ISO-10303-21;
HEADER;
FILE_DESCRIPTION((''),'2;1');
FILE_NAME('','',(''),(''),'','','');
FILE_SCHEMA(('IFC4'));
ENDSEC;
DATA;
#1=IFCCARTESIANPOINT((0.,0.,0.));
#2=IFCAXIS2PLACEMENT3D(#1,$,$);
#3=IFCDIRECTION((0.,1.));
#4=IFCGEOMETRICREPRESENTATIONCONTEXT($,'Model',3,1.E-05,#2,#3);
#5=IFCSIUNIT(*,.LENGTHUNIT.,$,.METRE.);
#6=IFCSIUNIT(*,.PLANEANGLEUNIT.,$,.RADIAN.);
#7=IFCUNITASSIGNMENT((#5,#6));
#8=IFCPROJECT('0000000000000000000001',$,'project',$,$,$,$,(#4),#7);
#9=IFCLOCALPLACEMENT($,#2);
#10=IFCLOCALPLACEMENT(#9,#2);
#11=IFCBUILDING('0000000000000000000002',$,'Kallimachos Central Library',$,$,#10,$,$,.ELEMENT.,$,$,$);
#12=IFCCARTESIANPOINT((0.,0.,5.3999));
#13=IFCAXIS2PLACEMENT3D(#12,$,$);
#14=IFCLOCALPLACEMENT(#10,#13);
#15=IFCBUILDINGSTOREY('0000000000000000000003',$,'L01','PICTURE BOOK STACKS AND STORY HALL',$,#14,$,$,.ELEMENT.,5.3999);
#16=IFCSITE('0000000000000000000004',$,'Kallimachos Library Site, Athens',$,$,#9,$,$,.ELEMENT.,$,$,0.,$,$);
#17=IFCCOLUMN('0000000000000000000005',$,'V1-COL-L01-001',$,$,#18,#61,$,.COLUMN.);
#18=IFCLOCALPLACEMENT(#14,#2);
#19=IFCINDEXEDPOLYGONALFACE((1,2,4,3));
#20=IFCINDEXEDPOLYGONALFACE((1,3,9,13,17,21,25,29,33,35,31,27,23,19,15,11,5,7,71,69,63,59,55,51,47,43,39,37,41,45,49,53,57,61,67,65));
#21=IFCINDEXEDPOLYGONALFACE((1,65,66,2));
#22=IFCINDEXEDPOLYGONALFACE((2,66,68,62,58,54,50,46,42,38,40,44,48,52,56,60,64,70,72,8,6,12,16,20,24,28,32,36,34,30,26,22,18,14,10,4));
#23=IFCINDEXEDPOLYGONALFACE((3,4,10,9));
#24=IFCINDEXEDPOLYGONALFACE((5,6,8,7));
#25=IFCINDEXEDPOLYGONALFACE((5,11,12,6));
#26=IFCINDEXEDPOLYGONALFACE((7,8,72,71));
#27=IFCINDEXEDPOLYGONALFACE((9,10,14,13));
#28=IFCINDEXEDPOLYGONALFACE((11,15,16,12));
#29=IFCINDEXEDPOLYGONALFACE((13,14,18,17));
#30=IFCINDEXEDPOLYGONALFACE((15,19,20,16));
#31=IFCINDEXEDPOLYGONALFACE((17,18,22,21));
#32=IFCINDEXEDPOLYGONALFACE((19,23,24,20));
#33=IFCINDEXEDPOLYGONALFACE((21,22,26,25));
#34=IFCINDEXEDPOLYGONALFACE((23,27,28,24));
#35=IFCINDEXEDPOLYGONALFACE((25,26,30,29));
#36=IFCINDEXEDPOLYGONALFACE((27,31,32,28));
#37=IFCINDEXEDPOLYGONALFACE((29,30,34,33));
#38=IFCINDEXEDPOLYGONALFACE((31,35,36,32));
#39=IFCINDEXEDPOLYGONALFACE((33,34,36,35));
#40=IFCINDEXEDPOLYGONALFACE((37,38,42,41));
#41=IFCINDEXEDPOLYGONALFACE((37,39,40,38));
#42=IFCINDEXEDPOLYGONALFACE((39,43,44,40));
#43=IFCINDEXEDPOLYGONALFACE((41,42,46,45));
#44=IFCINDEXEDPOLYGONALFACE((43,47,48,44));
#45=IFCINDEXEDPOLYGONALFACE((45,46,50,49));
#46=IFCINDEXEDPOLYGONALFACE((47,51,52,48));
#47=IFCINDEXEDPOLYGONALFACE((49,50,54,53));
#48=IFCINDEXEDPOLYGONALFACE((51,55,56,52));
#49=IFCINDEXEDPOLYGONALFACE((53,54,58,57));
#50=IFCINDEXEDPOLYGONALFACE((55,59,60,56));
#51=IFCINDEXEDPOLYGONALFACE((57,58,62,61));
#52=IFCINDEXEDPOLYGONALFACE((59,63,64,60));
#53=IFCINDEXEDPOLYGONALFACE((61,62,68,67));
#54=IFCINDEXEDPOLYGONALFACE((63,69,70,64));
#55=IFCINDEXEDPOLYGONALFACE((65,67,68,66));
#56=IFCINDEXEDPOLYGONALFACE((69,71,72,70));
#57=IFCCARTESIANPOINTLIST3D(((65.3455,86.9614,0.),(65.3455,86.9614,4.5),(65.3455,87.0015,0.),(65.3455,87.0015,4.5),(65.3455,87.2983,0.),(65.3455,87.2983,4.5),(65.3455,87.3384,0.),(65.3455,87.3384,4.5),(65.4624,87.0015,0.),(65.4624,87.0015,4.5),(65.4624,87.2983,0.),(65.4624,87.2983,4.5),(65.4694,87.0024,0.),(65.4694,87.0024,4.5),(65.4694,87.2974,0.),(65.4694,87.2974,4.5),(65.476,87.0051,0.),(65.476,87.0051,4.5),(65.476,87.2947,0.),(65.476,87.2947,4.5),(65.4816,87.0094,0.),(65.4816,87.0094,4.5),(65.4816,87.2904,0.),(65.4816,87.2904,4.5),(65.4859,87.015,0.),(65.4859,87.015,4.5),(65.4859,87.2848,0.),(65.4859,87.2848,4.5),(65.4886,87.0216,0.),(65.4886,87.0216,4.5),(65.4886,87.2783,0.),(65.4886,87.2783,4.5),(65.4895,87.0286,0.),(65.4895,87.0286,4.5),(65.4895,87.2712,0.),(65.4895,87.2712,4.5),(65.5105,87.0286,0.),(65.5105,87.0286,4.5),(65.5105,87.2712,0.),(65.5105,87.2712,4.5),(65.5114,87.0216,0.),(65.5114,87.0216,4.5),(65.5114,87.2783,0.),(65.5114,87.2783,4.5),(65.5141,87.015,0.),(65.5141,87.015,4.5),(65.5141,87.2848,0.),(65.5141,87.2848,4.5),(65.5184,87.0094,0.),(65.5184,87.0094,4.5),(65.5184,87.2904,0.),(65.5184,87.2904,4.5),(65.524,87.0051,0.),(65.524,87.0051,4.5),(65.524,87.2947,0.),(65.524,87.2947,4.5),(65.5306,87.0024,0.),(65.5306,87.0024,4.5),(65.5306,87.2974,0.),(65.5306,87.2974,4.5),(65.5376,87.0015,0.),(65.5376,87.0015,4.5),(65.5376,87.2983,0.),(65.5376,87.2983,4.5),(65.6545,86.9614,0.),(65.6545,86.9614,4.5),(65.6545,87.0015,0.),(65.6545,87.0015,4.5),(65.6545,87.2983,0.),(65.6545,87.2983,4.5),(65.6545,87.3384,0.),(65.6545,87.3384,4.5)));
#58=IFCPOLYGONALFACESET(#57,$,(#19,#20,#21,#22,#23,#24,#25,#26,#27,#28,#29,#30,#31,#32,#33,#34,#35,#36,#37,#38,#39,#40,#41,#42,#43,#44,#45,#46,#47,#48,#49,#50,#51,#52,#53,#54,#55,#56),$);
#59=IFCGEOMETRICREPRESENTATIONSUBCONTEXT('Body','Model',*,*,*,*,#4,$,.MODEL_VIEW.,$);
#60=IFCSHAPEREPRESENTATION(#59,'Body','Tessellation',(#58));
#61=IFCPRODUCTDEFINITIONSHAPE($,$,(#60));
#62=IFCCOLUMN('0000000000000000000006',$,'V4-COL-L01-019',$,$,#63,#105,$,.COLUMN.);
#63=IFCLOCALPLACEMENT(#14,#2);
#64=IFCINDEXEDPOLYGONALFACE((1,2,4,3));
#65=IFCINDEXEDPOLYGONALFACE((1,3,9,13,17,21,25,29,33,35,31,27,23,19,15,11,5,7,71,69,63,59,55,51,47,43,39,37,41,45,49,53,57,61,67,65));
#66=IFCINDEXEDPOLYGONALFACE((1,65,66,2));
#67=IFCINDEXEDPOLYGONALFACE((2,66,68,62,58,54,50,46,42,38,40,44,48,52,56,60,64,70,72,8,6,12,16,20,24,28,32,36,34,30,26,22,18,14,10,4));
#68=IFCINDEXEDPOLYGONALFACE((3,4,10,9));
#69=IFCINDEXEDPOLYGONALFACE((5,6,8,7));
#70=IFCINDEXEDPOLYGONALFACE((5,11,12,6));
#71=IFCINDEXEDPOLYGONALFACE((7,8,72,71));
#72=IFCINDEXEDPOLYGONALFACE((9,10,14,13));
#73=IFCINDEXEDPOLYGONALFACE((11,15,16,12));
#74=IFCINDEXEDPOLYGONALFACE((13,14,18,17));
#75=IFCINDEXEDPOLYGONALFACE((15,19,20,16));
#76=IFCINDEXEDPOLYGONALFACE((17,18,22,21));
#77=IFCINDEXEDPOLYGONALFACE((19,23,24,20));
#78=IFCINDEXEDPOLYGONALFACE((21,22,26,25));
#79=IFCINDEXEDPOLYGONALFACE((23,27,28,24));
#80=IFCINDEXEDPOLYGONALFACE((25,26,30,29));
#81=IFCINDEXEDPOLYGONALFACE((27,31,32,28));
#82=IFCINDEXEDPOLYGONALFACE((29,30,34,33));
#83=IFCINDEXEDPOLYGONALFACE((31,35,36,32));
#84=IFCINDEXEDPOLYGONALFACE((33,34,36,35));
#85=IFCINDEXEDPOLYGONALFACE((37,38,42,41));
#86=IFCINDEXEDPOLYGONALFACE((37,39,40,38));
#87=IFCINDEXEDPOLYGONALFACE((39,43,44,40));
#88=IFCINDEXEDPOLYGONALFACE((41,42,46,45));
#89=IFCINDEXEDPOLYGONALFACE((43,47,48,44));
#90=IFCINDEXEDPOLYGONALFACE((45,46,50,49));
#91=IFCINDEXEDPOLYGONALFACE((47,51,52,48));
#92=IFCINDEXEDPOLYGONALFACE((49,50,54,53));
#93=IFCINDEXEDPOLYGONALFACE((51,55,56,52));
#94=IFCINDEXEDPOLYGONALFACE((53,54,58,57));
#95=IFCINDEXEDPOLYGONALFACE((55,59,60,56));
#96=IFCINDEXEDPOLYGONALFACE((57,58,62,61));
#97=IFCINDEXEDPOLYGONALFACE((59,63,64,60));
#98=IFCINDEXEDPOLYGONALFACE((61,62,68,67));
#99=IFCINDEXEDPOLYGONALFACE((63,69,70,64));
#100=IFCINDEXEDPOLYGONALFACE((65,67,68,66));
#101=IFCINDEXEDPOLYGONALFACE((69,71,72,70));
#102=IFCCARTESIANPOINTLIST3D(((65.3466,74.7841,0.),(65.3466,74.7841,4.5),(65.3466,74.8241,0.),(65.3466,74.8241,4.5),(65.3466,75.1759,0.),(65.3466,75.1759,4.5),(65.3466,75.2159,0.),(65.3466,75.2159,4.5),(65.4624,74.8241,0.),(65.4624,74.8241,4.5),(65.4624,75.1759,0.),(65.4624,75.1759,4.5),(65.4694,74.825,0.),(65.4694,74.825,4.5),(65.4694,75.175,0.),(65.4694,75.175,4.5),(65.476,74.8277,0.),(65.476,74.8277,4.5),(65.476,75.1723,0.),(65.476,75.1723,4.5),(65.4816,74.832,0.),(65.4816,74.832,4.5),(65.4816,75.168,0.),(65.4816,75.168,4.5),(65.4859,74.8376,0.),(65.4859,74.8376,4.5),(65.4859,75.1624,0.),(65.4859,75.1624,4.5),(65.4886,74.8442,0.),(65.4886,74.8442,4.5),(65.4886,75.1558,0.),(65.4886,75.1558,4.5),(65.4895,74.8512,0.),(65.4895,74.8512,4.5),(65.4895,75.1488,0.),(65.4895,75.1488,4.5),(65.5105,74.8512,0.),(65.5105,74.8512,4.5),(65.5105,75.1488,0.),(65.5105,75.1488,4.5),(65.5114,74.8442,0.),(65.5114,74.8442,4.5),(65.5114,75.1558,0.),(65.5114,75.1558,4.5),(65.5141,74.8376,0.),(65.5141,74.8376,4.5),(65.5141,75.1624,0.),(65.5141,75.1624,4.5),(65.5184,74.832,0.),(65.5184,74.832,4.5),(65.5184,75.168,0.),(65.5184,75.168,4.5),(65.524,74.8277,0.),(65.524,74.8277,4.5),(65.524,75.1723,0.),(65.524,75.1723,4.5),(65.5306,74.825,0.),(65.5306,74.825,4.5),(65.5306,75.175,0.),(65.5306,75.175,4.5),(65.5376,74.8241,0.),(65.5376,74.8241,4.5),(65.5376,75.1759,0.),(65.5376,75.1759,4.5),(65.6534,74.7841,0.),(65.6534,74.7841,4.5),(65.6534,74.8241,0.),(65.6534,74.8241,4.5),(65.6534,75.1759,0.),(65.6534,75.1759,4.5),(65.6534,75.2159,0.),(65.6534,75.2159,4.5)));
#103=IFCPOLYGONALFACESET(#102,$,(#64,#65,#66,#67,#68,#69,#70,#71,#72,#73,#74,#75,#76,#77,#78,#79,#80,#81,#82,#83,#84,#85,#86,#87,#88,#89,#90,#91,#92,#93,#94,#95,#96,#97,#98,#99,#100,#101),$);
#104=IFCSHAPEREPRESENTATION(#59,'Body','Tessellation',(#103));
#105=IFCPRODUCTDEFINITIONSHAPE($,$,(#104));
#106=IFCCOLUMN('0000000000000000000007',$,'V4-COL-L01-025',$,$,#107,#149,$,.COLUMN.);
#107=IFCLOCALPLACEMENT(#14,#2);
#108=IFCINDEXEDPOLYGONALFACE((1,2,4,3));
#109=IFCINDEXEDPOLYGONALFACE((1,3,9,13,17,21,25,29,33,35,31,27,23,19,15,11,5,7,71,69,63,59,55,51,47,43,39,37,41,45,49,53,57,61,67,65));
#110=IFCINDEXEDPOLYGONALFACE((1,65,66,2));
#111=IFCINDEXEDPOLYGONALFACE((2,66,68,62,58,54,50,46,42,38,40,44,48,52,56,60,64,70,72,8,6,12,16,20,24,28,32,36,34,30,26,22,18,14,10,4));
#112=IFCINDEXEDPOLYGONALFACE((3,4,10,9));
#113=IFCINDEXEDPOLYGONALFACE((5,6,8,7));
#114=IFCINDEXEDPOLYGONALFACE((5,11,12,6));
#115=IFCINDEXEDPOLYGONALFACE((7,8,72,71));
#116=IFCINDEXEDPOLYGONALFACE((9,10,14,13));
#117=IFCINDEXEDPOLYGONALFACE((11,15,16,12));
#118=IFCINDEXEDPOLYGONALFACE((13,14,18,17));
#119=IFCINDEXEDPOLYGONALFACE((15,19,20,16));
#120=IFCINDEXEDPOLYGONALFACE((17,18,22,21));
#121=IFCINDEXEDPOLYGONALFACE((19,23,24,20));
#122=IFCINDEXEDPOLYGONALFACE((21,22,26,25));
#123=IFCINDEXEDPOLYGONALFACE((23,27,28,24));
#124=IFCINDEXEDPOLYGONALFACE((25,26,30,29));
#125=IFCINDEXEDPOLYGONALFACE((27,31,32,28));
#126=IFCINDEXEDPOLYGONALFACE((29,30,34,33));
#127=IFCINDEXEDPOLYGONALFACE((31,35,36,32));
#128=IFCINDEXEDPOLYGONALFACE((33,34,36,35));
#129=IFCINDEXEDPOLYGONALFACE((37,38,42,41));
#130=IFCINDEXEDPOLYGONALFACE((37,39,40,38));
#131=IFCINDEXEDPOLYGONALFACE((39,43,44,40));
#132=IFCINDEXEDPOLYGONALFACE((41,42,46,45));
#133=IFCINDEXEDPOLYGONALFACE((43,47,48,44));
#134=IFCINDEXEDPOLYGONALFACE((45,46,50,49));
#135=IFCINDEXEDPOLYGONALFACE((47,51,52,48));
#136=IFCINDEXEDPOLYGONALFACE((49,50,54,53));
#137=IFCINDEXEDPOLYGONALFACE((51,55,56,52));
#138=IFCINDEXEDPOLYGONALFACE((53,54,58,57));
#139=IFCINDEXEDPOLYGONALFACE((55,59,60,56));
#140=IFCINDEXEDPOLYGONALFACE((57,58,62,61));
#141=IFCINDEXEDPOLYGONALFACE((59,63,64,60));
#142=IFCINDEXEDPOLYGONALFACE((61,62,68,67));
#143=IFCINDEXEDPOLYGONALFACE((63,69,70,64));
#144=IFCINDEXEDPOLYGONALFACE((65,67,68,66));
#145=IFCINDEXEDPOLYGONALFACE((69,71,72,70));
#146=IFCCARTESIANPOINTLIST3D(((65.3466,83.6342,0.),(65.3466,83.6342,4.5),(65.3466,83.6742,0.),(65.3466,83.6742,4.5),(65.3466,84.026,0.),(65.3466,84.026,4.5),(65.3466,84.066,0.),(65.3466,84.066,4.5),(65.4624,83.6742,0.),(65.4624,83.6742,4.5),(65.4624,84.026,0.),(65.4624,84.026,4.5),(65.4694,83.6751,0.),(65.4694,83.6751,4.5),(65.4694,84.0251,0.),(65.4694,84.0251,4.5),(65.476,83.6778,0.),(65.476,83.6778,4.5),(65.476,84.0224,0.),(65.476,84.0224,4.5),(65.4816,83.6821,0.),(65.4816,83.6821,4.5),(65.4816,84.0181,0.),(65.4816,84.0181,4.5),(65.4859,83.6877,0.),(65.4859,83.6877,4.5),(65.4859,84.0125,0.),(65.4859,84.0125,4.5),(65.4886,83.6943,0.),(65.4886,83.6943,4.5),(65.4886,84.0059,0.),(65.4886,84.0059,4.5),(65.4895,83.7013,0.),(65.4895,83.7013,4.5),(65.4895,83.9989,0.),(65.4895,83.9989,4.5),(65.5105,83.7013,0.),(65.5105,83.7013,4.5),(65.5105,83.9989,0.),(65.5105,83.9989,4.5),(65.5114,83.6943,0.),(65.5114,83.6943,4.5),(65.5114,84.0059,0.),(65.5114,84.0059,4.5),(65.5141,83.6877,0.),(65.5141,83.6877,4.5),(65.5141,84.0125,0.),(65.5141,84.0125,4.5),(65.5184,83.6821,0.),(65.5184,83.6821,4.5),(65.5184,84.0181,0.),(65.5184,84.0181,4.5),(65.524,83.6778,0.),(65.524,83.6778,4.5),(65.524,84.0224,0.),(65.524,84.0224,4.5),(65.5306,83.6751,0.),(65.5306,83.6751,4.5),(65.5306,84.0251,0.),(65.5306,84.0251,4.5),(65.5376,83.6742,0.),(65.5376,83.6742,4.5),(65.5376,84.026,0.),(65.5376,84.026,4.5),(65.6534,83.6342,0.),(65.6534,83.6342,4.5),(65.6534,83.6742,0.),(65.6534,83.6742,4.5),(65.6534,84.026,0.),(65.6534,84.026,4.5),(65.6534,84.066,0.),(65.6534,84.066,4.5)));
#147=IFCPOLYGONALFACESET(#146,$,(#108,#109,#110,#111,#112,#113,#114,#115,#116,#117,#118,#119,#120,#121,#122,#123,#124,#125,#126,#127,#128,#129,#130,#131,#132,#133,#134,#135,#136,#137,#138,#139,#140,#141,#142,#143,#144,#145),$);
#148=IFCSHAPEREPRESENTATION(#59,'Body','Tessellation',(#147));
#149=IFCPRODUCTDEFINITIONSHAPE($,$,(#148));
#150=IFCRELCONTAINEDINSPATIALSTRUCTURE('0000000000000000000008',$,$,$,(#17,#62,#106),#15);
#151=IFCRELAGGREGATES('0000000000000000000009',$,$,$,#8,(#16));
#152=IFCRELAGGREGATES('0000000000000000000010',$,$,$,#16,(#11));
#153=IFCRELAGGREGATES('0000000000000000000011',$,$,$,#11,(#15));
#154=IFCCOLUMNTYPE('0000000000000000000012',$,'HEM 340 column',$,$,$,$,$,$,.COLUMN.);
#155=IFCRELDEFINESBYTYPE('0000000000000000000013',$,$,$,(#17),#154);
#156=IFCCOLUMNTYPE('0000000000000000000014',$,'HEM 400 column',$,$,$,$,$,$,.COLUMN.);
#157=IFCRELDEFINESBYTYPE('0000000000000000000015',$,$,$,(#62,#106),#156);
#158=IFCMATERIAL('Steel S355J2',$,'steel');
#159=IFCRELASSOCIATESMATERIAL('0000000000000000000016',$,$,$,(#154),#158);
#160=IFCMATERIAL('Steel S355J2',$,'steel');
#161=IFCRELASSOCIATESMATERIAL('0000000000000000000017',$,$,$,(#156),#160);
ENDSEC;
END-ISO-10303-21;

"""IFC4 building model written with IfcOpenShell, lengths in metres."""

from ifc_helpers import new_model, si_unit, direction, frame, origin, origin_2d, place, context, subcontext, project, spatial, i_section, extrude, material, material_profile, profile_set, type_object, element, save


model = new_model("IFC4")

# Units and contexts
model_context = context("Model", 3, precision=1e-05, world=origin(), true_north=direction((0.0, 1.0)))
body_context = subcontext(model_context, "Body", "Model", "MODEL_VIEW")
ifc_project = project(units=[si_unit("LENGTHUNIT", "METRE"), si_unit("PLANEANGLEUNIT", "RADIAN")], contexts=[model_context])

# Site, building, storey
site_placement = place(None, origin())
site = spatial("IfcSite", under=ifc_project, at=site_placement, Name="Kallimachos Library Site, Athens", CompositionType="ELEMENT", RefElevation=0.0)
building_placement = place(site_placement, origin())
building = spatial("IfcBuilding", under=site, at=building_placement, Name="Kallimachos Central Library", CompositionType="ELEMENT")
storey_placement = place(building_placement, frame((0.0, 0.0, 5.3999)))
storey = spatial("IfcBuildingStorey", under=building, at=storey_placement, Name="L01", Description="PICTURE BOOK STACKS AND STORY HALL", CompositionType="ELEMENT", Elevation=5.3999)

# Columns
ifc_material_1 = material(Name="Steel S355J2", Category="steel")
ifc_material_profile_1 = material_profile(ifc_material_1, i_section(OverallWidth=0.3091, OverallDepth=0.377, WebThickness=0.021, FlangeThickness=0.04, FilletRadius=0.0271, at=origin_2d()), Name="HEM 340")
ifc_profile_set_1 = profile_set([ifc_material_profile_1], Name="Steel S355J2")
column_type_1 = type_object("IfcColumnType", Name="HEM 340 column", PredefinedType="COLUMN", material=ifc_profile_set_1)
column_placement = place(storey_placement, frame((65.5, 87.1499, 0.0), z_axis=(0.0, 0.0, 1.0), x_axis=(1.0, 0.0, 0.0)))
element("IfcColumn", 1, at=column_placement, inside=storey, type_object=column_type_1, Name="V1-COL-L01-001", PredefinedType="COLUMN", context=body_context, shape_type="SweptSolid", body=[
    extrude(i_section(OverallWidth=0.3091, OverallDepth=0.377, WebThickness=0.021, FlangeThickness=0.04, FilletRadius=0.0271, at=origin_2d()), origin(), (0.0, 0.0, 1.0), 4.5),
])
ifc_material_2 = material(Name="Steel S355J2", Category="steel")
ifc_material_profile_2 = material_profile(ifc_material_2, i_section(OverallWidth=0.3069, OverallDepth=0.4319, WebThickness=0.021, FlangeThickness=0.04, FilletRadius=0.0271, at=origin_2d()), Name="HEM 400")
ifc_profile_set_2 = profile_set([ifc_material_profile_2], Name="Steel S355J2")
column_type_2 = type_object("IfcColumnType", Name="HEM 400 column", PredefinedType="COLUMN", material=ifc_profile_set_2)
for number, where, z_axis, x_axis, name in (
    (2, (65.5, 75.0, 0.0), (0.0, 0.0, 1.0), (1.0, 0.0, 0.0), "V4-COL-L01-019"),
    (3, (65.5, 83.8501, 0.0), (0.0, 0.0, 1.0), (1.0, 0.0, 0.0), "V4-COL-L01-025"),
):
    element("IfcColumn", number, at=place(storey_placement, frame(where, z_axis=z_axis, x_axis=x_axis)), inside=storey, type_object=column_type_2, Name=name, PredefinedType="COLUMN", context=body_context, shape_type="SweptSolid", body=[
        extrude(i_section(OverallWidth=0.3069, OverallDepth=0.4319, WebThickness=0.021, FlangeThickness=0.04, FilletRadius=0.0271, at=origin_2d()), origin(), (0.0, 0.0, 1.0), 4.5),
    ])

save(model, "model.ifc")
